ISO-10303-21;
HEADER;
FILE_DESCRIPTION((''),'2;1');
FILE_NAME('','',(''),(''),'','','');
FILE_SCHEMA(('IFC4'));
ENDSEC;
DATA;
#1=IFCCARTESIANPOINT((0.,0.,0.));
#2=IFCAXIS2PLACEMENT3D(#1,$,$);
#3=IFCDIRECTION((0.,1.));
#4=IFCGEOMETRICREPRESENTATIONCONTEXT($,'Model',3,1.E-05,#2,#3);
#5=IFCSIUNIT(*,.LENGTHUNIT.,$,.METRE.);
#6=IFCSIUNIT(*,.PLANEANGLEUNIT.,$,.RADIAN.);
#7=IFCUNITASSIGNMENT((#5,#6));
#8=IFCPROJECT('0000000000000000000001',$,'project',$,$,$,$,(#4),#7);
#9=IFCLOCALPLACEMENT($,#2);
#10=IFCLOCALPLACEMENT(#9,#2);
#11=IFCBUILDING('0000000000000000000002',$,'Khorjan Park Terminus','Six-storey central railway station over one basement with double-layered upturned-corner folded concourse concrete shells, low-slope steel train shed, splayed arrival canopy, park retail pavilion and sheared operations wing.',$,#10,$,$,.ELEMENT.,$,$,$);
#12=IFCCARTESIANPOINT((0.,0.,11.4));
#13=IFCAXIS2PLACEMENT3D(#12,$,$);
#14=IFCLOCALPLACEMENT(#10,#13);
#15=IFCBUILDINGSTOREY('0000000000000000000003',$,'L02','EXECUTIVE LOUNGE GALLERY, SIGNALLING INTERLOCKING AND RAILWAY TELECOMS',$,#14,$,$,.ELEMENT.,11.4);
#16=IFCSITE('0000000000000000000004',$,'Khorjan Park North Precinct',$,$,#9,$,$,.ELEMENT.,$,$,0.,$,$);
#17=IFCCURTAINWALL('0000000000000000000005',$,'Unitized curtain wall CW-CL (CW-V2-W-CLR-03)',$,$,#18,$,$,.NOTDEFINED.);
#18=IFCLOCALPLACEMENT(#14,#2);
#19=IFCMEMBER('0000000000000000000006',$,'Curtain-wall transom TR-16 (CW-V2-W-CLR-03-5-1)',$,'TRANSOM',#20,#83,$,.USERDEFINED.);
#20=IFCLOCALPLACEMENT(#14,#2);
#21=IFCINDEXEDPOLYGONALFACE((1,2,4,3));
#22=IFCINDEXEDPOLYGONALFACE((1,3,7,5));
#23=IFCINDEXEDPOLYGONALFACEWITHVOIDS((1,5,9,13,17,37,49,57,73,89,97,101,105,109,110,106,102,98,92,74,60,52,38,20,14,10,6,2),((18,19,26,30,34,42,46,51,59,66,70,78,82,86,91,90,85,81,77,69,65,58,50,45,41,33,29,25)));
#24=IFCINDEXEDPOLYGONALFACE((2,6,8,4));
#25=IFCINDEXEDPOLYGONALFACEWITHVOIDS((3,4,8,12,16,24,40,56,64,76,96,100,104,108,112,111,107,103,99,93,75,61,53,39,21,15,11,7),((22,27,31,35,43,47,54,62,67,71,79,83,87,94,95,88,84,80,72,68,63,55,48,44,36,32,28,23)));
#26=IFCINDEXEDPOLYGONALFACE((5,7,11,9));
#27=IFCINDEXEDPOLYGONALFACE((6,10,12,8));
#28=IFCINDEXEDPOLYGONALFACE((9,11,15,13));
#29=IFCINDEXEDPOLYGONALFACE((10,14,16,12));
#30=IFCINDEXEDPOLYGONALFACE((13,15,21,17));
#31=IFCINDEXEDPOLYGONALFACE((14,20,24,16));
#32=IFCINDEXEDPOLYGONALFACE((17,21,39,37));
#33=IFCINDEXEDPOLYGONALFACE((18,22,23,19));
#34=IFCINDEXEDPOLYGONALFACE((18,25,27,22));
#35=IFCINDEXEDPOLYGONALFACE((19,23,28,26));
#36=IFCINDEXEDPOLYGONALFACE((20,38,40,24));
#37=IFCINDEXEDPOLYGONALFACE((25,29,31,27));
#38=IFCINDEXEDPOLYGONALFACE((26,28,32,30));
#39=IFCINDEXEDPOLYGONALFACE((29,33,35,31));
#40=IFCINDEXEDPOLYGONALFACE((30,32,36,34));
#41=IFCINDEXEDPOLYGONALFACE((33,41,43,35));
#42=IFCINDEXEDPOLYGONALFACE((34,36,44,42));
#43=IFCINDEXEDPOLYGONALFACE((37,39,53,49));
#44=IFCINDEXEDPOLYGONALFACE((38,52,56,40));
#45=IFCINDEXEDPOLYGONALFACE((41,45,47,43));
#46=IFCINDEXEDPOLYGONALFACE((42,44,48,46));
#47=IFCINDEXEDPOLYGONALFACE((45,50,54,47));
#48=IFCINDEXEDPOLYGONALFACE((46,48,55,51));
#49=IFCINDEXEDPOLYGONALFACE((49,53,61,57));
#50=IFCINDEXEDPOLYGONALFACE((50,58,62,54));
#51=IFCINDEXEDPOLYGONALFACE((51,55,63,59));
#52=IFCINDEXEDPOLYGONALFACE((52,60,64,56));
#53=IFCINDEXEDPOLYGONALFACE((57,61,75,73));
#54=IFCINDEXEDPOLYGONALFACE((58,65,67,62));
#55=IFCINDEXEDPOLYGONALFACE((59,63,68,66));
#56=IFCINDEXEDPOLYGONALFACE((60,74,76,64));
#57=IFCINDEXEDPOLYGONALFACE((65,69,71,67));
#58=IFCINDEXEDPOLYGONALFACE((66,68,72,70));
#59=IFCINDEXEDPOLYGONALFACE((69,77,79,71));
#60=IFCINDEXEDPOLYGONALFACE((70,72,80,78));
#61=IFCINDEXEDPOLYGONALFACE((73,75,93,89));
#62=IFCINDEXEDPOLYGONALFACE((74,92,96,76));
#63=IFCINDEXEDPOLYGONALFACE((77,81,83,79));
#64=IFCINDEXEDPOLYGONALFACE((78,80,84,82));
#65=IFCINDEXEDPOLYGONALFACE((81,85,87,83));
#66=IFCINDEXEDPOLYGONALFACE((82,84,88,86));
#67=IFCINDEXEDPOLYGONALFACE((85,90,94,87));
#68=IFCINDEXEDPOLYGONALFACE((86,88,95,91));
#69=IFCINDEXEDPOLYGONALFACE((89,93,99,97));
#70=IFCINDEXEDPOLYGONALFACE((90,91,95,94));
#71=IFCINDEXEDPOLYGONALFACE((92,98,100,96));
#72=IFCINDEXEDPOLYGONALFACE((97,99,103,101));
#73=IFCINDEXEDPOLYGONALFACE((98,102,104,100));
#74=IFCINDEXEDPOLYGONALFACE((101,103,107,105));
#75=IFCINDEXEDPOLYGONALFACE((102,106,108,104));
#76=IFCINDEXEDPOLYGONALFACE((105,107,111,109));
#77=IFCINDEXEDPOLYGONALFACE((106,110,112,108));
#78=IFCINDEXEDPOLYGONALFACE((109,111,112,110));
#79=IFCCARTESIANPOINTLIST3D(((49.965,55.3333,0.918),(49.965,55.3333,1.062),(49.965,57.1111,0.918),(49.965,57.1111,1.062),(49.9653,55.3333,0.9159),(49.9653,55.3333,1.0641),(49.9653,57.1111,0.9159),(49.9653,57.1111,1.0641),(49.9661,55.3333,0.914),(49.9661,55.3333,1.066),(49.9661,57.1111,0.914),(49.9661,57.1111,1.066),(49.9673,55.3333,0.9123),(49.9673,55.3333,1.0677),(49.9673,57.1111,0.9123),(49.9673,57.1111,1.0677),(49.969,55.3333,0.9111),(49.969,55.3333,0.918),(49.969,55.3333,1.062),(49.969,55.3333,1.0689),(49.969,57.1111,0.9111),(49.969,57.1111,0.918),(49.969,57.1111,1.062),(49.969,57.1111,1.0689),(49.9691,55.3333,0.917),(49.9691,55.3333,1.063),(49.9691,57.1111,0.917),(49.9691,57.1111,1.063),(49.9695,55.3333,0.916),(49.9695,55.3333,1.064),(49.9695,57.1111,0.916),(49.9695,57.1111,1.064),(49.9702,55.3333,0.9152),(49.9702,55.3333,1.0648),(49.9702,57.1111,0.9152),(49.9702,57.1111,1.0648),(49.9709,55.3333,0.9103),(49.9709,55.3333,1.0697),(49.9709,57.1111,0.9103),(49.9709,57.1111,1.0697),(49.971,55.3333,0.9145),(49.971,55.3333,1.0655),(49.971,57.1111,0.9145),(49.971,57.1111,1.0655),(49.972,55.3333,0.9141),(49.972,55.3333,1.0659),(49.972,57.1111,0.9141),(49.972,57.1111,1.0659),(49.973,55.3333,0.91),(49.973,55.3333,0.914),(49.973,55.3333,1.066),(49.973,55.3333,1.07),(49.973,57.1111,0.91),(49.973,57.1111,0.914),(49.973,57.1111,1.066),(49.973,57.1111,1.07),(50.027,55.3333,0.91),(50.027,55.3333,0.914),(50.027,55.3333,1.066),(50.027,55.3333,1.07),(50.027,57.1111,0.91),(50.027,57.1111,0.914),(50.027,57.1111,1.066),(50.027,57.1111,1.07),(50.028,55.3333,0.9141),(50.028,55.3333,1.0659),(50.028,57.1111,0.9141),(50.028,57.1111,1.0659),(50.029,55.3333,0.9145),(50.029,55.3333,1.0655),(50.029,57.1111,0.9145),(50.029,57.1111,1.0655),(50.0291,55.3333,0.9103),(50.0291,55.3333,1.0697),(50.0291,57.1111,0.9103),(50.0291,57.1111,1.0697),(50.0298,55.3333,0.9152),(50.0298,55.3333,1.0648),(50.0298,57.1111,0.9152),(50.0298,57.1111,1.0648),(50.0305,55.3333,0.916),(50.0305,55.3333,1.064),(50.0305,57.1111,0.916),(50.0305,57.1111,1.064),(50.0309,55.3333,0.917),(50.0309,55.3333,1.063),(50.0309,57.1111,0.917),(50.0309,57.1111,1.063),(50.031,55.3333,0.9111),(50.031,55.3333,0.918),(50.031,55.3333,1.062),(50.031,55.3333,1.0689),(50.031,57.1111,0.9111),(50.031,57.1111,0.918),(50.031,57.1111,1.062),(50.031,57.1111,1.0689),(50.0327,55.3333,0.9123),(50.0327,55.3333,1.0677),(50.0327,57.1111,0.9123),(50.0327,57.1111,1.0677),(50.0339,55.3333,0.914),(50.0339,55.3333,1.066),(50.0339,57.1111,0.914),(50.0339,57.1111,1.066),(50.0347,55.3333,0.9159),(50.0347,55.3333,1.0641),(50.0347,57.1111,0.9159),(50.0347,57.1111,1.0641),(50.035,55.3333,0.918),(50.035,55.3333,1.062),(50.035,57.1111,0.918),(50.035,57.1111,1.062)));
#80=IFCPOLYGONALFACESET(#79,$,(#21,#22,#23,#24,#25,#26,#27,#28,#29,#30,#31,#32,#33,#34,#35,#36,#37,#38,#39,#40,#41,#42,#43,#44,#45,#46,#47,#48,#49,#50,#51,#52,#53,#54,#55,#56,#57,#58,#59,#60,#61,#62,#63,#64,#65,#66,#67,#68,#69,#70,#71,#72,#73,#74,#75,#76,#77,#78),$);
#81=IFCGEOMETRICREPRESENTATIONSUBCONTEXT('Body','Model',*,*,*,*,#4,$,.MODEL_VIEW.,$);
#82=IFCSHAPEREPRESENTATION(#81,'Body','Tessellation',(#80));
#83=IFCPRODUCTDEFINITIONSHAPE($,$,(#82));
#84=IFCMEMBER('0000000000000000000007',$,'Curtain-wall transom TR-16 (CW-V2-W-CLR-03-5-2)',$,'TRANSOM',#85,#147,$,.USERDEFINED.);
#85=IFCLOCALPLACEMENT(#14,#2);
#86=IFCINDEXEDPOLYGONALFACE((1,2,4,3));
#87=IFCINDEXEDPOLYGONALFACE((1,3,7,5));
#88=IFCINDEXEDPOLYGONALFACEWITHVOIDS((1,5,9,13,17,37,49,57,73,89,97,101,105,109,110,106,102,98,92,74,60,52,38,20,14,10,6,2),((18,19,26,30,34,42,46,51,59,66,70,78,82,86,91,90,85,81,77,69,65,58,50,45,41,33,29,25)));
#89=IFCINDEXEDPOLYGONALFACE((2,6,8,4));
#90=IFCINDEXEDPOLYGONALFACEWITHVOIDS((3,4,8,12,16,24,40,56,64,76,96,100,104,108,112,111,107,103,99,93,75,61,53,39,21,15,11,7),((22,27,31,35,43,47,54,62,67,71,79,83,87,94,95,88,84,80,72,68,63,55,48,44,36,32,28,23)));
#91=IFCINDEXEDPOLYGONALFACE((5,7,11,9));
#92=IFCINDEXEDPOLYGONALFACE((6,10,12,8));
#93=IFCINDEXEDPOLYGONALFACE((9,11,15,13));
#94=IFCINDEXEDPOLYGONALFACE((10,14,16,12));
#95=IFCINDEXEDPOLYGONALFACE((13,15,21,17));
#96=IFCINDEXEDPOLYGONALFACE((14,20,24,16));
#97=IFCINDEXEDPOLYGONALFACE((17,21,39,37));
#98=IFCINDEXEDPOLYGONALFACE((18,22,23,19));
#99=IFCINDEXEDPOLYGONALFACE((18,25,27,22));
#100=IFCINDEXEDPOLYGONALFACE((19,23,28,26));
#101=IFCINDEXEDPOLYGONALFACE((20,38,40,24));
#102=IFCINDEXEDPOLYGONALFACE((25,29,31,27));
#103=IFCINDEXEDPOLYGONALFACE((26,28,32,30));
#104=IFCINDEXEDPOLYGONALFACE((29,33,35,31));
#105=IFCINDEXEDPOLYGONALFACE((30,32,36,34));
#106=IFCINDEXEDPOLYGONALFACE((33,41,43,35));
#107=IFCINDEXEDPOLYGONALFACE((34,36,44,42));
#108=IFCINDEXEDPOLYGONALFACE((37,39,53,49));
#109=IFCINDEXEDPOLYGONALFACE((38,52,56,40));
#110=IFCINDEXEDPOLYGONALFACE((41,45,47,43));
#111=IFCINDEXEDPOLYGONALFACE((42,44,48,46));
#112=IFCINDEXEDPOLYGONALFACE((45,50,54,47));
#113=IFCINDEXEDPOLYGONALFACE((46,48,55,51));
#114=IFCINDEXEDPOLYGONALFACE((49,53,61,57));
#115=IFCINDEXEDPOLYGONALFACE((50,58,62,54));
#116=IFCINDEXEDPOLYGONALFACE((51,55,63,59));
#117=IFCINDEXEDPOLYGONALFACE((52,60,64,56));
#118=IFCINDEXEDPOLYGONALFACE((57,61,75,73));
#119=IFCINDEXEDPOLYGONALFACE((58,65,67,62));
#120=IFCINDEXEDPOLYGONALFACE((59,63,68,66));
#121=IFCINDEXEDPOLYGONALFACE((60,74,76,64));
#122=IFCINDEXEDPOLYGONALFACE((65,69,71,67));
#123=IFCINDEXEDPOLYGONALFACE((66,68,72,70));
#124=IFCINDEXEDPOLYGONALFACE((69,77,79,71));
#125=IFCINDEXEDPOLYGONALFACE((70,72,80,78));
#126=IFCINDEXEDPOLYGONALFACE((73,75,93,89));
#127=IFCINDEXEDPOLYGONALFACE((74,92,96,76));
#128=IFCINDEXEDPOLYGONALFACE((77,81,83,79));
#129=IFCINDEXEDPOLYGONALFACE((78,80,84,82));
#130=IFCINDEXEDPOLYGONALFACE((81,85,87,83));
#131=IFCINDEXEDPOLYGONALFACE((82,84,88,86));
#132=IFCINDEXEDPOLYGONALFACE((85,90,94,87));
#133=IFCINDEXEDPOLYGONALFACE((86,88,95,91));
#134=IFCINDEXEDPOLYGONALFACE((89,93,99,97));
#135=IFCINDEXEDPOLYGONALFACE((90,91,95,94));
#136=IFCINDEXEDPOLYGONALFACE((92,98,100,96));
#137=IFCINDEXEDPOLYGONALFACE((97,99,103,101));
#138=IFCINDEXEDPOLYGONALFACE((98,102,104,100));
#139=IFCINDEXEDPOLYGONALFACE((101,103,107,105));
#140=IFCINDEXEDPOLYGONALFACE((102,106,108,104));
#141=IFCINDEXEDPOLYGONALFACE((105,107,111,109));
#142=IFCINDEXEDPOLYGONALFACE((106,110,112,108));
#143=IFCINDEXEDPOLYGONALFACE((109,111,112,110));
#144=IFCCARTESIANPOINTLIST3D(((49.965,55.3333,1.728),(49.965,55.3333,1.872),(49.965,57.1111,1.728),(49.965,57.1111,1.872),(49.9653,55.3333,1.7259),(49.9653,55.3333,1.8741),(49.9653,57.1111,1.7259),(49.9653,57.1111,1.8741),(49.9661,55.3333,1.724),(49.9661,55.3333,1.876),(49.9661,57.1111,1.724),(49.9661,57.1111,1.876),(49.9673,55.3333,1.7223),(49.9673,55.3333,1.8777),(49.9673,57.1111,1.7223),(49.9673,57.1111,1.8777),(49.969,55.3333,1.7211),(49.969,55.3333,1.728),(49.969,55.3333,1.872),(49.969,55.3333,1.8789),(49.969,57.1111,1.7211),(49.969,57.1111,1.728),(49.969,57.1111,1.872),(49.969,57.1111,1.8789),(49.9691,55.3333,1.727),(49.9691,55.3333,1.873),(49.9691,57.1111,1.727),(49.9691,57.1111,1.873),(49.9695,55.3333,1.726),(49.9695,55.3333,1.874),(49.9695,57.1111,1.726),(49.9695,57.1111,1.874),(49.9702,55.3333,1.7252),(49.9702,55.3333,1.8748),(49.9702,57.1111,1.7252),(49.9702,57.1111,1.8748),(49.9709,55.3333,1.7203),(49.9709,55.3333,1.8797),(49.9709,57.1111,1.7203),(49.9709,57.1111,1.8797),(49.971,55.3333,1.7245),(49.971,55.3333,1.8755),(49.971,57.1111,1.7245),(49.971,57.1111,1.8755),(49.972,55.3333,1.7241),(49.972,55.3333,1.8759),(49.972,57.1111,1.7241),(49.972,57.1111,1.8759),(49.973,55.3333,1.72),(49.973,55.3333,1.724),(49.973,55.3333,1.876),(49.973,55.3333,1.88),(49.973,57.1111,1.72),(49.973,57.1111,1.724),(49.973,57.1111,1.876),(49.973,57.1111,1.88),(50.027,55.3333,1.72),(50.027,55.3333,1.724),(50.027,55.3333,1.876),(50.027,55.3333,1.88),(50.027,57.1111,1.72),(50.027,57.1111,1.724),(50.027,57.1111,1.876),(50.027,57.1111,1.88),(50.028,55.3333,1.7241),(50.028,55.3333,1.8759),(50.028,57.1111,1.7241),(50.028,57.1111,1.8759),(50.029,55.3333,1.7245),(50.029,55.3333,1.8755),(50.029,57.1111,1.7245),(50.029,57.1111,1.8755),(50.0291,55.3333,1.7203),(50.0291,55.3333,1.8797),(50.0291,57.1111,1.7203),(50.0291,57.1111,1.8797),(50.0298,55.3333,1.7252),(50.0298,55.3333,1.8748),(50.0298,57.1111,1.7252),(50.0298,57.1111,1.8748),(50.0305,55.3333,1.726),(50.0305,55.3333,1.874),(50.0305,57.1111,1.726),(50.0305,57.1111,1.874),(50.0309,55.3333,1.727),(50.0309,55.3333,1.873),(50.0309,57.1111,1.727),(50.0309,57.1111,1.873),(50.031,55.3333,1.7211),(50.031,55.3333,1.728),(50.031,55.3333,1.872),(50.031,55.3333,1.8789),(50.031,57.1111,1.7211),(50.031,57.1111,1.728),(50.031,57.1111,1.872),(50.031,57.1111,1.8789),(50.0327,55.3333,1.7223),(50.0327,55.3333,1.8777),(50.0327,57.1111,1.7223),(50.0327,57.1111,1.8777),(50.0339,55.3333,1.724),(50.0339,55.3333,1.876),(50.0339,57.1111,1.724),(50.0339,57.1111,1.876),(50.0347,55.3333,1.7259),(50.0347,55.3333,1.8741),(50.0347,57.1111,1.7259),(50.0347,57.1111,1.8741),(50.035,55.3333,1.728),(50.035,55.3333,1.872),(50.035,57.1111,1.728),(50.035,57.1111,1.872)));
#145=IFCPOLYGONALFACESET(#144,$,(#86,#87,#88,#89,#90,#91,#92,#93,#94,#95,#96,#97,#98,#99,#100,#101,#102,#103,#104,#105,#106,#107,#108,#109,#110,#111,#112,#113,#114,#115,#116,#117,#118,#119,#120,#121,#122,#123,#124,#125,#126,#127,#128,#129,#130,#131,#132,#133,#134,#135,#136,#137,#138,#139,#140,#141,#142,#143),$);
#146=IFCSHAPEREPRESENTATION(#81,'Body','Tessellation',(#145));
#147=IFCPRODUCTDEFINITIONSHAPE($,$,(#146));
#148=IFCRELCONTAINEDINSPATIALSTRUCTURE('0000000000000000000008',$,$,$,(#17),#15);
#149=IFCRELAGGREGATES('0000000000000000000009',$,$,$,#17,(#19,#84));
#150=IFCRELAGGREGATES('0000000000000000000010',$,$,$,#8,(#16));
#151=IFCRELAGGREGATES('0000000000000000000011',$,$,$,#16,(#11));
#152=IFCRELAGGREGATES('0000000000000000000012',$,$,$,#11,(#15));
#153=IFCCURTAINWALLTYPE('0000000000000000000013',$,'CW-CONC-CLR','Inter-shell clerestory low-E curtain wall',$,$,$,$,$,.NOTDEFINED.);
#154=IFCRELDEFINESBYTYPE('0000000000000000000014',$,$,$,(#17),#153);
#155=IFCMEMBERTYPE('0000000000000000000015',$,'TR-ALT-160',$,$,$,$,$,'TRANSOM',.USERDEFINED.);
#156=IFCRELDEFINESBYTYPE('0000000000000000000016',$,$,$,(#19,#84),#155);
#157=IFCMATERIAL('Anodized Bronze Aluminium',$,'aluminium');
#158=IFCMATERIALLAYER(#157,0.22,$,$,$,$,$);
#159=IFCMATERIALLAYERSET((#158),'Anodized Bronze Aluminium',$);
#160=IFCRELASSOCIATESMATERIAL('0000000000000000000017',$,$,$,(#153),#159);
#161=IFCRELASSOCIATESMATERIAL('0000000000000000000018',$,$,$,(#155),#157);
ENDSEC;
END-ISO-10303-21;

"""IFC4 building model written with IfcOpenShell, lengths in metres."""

from ifc_helpers import new_model, si_unit, direction, frame, origin, origin_2d, place, context, subcontext, project, spatial, hollow_rectangle, extrude, material, layer, layer_set, material_profile, profile_set, type_object, element, aggregate, save


model = new_model("IFC4")

# Units and contexts
model_context = context("Model", 3, precision=1e-05, world=origin(), true_north=direction((0.0, 1.0)))
body_context = subcontext(model_context, "Body", "Model", "MODEL_VIEW")
ifc_project = project(units=[si_unit("LENGTHUNIT", "METRE"), si_unit("PLANEANGLEUNIT", "RADIAN")], contexts=[model_context])

# Site, building, storey
site_placement = place(None, origin())
site = spatial("IfcSite", under=ifc_project, at=site_placement, Name="Khorjan Park North Precinct", CompositionType="ELEMENT", RefElevation=0.0)
building_placement = place(site_placement, origin())
building = spatial("IfcBuilding", under=site, at=building_placement, Name="Khorjan Park Terminus", Description="Six-storey central railway station over one basement with double-layered upturned-corner folded concourse concrete shells, low-slope steel train shed, splayed arrival canopy, park retail pavilion and sheared operations wing.", CompositionType="ELEMENT")
storey_placement = place(building_placement, frame((0.0, 0.0, 11.4)))
storey = spatial("IfcBuildingStorey", under=building, at=storey_placement, Name="L02", Description="EXECUTIVE LOUNGE GALLERY, SIGNALLING INTERLOCKING AND RAILWAY TELECOMS", CompositionType="ELEMENT", Elevation=11.4)

# Curtain wall, members
ifc_material_1 = material(Name="Anodized Bronze Aluminium", Category="aluminium")
ifc_layer_1 = layer(ifc_material_1, 0.22)
ifc_layer_set_1 = layer_set([ifc_layer_1], Name="Anodized Bronze Aluminium")
curtain_wall_type = type_object("IfcCurtainWallType", Name="CW-CONC-CLR", Description="Inter-shell clerestory low-E curtain wall", PredefinedType="NOTDEFINED", material=ifc_layer_set_1)
curtain_wall_placement = place(storey_placement, origin())
curtain_wall = element("IfcCurtainWall", 1, at=curtain_wall_placement, inside=storey, type_object=curtain_wall_type, Name="Unitized curtain wall CW-CL (CW-V2-W-CLR-03)", PredefinedType="NOTDEFINED")
ifc_material_profile_1 = material_profile(ifc_material_1, hollow_rectangle(XDim=0.07, YDim=0.16, WallThickness=0.004, InnerFilletRadius=0.004, OuterFilletRadius=0.008, at=origin_2d()), Name="ALT 70x160x4")
ifc_profile_set_1 = profile_set([ifc_material_profile_1], Name="Anodized Bronze Aluminium")
member_type_1 = type_object("IfcMemberType", Name="TR-ALT-160", ElementType="TRANSOM", PredefinedType="USERDEFINED", material=ifc_profile_set_1)
member_1_placement = place(storey_placement, frame((50.0, 57.1111, 0.99), z_axis=(0.0, -1.0, 0.0), x_axis=(1.0, 0.0, 0.0)))
member_1 = element("IfcMember", 2, at=member_1_placement, type_object=member_type_1, Name="Curtain-wall transom TR-16 (CW-V2-W-CLR-03-5-1)", ObjectType="TRANSOM", PredefinedType="USERDEFINED", context=body_context, shape_type="SweptSolid", body=[
    extrude(hollow_rectangle(XDim=0.07, YDim=0.16, WallThickness=0.004, InnerFilletRadius=0.004, OuterFilletRadius=0.008, at=origin_2d()), origin(), (0.0, 0.0, 1.0), 1.7778),
])
member_2_placement = place(storey_placement, frame((50.0, 57.1111, 1.8), z_axis=(0.0, -1.0, 0.0), x_axis=(1.0, 0.0, 0.0)))
member_2 = element("IfcMember", 3, at=member_2_placement, type_object=member_type_1, Name="Curtain-wall transom TR-16 (CW-V2-W-CLR-03-5-2)", ObjectType="TRANSOM", PredefinedType="USERDEFINED", context=body_context, shape_type="SweptSolid", body=[
    extrude(hollow_rectangle(XDim=0.07, YDim=0.16, WallThickness=0.004, InnerFilletRadius=0.004, OuterFilletRadius=0.008, at=origin_2d()), origin(), (0.0, 0.0, 1.0), 1.7778),
])
aggregate(curtain_wall, [member_1, member_2])

save(model, "model.ifc")
